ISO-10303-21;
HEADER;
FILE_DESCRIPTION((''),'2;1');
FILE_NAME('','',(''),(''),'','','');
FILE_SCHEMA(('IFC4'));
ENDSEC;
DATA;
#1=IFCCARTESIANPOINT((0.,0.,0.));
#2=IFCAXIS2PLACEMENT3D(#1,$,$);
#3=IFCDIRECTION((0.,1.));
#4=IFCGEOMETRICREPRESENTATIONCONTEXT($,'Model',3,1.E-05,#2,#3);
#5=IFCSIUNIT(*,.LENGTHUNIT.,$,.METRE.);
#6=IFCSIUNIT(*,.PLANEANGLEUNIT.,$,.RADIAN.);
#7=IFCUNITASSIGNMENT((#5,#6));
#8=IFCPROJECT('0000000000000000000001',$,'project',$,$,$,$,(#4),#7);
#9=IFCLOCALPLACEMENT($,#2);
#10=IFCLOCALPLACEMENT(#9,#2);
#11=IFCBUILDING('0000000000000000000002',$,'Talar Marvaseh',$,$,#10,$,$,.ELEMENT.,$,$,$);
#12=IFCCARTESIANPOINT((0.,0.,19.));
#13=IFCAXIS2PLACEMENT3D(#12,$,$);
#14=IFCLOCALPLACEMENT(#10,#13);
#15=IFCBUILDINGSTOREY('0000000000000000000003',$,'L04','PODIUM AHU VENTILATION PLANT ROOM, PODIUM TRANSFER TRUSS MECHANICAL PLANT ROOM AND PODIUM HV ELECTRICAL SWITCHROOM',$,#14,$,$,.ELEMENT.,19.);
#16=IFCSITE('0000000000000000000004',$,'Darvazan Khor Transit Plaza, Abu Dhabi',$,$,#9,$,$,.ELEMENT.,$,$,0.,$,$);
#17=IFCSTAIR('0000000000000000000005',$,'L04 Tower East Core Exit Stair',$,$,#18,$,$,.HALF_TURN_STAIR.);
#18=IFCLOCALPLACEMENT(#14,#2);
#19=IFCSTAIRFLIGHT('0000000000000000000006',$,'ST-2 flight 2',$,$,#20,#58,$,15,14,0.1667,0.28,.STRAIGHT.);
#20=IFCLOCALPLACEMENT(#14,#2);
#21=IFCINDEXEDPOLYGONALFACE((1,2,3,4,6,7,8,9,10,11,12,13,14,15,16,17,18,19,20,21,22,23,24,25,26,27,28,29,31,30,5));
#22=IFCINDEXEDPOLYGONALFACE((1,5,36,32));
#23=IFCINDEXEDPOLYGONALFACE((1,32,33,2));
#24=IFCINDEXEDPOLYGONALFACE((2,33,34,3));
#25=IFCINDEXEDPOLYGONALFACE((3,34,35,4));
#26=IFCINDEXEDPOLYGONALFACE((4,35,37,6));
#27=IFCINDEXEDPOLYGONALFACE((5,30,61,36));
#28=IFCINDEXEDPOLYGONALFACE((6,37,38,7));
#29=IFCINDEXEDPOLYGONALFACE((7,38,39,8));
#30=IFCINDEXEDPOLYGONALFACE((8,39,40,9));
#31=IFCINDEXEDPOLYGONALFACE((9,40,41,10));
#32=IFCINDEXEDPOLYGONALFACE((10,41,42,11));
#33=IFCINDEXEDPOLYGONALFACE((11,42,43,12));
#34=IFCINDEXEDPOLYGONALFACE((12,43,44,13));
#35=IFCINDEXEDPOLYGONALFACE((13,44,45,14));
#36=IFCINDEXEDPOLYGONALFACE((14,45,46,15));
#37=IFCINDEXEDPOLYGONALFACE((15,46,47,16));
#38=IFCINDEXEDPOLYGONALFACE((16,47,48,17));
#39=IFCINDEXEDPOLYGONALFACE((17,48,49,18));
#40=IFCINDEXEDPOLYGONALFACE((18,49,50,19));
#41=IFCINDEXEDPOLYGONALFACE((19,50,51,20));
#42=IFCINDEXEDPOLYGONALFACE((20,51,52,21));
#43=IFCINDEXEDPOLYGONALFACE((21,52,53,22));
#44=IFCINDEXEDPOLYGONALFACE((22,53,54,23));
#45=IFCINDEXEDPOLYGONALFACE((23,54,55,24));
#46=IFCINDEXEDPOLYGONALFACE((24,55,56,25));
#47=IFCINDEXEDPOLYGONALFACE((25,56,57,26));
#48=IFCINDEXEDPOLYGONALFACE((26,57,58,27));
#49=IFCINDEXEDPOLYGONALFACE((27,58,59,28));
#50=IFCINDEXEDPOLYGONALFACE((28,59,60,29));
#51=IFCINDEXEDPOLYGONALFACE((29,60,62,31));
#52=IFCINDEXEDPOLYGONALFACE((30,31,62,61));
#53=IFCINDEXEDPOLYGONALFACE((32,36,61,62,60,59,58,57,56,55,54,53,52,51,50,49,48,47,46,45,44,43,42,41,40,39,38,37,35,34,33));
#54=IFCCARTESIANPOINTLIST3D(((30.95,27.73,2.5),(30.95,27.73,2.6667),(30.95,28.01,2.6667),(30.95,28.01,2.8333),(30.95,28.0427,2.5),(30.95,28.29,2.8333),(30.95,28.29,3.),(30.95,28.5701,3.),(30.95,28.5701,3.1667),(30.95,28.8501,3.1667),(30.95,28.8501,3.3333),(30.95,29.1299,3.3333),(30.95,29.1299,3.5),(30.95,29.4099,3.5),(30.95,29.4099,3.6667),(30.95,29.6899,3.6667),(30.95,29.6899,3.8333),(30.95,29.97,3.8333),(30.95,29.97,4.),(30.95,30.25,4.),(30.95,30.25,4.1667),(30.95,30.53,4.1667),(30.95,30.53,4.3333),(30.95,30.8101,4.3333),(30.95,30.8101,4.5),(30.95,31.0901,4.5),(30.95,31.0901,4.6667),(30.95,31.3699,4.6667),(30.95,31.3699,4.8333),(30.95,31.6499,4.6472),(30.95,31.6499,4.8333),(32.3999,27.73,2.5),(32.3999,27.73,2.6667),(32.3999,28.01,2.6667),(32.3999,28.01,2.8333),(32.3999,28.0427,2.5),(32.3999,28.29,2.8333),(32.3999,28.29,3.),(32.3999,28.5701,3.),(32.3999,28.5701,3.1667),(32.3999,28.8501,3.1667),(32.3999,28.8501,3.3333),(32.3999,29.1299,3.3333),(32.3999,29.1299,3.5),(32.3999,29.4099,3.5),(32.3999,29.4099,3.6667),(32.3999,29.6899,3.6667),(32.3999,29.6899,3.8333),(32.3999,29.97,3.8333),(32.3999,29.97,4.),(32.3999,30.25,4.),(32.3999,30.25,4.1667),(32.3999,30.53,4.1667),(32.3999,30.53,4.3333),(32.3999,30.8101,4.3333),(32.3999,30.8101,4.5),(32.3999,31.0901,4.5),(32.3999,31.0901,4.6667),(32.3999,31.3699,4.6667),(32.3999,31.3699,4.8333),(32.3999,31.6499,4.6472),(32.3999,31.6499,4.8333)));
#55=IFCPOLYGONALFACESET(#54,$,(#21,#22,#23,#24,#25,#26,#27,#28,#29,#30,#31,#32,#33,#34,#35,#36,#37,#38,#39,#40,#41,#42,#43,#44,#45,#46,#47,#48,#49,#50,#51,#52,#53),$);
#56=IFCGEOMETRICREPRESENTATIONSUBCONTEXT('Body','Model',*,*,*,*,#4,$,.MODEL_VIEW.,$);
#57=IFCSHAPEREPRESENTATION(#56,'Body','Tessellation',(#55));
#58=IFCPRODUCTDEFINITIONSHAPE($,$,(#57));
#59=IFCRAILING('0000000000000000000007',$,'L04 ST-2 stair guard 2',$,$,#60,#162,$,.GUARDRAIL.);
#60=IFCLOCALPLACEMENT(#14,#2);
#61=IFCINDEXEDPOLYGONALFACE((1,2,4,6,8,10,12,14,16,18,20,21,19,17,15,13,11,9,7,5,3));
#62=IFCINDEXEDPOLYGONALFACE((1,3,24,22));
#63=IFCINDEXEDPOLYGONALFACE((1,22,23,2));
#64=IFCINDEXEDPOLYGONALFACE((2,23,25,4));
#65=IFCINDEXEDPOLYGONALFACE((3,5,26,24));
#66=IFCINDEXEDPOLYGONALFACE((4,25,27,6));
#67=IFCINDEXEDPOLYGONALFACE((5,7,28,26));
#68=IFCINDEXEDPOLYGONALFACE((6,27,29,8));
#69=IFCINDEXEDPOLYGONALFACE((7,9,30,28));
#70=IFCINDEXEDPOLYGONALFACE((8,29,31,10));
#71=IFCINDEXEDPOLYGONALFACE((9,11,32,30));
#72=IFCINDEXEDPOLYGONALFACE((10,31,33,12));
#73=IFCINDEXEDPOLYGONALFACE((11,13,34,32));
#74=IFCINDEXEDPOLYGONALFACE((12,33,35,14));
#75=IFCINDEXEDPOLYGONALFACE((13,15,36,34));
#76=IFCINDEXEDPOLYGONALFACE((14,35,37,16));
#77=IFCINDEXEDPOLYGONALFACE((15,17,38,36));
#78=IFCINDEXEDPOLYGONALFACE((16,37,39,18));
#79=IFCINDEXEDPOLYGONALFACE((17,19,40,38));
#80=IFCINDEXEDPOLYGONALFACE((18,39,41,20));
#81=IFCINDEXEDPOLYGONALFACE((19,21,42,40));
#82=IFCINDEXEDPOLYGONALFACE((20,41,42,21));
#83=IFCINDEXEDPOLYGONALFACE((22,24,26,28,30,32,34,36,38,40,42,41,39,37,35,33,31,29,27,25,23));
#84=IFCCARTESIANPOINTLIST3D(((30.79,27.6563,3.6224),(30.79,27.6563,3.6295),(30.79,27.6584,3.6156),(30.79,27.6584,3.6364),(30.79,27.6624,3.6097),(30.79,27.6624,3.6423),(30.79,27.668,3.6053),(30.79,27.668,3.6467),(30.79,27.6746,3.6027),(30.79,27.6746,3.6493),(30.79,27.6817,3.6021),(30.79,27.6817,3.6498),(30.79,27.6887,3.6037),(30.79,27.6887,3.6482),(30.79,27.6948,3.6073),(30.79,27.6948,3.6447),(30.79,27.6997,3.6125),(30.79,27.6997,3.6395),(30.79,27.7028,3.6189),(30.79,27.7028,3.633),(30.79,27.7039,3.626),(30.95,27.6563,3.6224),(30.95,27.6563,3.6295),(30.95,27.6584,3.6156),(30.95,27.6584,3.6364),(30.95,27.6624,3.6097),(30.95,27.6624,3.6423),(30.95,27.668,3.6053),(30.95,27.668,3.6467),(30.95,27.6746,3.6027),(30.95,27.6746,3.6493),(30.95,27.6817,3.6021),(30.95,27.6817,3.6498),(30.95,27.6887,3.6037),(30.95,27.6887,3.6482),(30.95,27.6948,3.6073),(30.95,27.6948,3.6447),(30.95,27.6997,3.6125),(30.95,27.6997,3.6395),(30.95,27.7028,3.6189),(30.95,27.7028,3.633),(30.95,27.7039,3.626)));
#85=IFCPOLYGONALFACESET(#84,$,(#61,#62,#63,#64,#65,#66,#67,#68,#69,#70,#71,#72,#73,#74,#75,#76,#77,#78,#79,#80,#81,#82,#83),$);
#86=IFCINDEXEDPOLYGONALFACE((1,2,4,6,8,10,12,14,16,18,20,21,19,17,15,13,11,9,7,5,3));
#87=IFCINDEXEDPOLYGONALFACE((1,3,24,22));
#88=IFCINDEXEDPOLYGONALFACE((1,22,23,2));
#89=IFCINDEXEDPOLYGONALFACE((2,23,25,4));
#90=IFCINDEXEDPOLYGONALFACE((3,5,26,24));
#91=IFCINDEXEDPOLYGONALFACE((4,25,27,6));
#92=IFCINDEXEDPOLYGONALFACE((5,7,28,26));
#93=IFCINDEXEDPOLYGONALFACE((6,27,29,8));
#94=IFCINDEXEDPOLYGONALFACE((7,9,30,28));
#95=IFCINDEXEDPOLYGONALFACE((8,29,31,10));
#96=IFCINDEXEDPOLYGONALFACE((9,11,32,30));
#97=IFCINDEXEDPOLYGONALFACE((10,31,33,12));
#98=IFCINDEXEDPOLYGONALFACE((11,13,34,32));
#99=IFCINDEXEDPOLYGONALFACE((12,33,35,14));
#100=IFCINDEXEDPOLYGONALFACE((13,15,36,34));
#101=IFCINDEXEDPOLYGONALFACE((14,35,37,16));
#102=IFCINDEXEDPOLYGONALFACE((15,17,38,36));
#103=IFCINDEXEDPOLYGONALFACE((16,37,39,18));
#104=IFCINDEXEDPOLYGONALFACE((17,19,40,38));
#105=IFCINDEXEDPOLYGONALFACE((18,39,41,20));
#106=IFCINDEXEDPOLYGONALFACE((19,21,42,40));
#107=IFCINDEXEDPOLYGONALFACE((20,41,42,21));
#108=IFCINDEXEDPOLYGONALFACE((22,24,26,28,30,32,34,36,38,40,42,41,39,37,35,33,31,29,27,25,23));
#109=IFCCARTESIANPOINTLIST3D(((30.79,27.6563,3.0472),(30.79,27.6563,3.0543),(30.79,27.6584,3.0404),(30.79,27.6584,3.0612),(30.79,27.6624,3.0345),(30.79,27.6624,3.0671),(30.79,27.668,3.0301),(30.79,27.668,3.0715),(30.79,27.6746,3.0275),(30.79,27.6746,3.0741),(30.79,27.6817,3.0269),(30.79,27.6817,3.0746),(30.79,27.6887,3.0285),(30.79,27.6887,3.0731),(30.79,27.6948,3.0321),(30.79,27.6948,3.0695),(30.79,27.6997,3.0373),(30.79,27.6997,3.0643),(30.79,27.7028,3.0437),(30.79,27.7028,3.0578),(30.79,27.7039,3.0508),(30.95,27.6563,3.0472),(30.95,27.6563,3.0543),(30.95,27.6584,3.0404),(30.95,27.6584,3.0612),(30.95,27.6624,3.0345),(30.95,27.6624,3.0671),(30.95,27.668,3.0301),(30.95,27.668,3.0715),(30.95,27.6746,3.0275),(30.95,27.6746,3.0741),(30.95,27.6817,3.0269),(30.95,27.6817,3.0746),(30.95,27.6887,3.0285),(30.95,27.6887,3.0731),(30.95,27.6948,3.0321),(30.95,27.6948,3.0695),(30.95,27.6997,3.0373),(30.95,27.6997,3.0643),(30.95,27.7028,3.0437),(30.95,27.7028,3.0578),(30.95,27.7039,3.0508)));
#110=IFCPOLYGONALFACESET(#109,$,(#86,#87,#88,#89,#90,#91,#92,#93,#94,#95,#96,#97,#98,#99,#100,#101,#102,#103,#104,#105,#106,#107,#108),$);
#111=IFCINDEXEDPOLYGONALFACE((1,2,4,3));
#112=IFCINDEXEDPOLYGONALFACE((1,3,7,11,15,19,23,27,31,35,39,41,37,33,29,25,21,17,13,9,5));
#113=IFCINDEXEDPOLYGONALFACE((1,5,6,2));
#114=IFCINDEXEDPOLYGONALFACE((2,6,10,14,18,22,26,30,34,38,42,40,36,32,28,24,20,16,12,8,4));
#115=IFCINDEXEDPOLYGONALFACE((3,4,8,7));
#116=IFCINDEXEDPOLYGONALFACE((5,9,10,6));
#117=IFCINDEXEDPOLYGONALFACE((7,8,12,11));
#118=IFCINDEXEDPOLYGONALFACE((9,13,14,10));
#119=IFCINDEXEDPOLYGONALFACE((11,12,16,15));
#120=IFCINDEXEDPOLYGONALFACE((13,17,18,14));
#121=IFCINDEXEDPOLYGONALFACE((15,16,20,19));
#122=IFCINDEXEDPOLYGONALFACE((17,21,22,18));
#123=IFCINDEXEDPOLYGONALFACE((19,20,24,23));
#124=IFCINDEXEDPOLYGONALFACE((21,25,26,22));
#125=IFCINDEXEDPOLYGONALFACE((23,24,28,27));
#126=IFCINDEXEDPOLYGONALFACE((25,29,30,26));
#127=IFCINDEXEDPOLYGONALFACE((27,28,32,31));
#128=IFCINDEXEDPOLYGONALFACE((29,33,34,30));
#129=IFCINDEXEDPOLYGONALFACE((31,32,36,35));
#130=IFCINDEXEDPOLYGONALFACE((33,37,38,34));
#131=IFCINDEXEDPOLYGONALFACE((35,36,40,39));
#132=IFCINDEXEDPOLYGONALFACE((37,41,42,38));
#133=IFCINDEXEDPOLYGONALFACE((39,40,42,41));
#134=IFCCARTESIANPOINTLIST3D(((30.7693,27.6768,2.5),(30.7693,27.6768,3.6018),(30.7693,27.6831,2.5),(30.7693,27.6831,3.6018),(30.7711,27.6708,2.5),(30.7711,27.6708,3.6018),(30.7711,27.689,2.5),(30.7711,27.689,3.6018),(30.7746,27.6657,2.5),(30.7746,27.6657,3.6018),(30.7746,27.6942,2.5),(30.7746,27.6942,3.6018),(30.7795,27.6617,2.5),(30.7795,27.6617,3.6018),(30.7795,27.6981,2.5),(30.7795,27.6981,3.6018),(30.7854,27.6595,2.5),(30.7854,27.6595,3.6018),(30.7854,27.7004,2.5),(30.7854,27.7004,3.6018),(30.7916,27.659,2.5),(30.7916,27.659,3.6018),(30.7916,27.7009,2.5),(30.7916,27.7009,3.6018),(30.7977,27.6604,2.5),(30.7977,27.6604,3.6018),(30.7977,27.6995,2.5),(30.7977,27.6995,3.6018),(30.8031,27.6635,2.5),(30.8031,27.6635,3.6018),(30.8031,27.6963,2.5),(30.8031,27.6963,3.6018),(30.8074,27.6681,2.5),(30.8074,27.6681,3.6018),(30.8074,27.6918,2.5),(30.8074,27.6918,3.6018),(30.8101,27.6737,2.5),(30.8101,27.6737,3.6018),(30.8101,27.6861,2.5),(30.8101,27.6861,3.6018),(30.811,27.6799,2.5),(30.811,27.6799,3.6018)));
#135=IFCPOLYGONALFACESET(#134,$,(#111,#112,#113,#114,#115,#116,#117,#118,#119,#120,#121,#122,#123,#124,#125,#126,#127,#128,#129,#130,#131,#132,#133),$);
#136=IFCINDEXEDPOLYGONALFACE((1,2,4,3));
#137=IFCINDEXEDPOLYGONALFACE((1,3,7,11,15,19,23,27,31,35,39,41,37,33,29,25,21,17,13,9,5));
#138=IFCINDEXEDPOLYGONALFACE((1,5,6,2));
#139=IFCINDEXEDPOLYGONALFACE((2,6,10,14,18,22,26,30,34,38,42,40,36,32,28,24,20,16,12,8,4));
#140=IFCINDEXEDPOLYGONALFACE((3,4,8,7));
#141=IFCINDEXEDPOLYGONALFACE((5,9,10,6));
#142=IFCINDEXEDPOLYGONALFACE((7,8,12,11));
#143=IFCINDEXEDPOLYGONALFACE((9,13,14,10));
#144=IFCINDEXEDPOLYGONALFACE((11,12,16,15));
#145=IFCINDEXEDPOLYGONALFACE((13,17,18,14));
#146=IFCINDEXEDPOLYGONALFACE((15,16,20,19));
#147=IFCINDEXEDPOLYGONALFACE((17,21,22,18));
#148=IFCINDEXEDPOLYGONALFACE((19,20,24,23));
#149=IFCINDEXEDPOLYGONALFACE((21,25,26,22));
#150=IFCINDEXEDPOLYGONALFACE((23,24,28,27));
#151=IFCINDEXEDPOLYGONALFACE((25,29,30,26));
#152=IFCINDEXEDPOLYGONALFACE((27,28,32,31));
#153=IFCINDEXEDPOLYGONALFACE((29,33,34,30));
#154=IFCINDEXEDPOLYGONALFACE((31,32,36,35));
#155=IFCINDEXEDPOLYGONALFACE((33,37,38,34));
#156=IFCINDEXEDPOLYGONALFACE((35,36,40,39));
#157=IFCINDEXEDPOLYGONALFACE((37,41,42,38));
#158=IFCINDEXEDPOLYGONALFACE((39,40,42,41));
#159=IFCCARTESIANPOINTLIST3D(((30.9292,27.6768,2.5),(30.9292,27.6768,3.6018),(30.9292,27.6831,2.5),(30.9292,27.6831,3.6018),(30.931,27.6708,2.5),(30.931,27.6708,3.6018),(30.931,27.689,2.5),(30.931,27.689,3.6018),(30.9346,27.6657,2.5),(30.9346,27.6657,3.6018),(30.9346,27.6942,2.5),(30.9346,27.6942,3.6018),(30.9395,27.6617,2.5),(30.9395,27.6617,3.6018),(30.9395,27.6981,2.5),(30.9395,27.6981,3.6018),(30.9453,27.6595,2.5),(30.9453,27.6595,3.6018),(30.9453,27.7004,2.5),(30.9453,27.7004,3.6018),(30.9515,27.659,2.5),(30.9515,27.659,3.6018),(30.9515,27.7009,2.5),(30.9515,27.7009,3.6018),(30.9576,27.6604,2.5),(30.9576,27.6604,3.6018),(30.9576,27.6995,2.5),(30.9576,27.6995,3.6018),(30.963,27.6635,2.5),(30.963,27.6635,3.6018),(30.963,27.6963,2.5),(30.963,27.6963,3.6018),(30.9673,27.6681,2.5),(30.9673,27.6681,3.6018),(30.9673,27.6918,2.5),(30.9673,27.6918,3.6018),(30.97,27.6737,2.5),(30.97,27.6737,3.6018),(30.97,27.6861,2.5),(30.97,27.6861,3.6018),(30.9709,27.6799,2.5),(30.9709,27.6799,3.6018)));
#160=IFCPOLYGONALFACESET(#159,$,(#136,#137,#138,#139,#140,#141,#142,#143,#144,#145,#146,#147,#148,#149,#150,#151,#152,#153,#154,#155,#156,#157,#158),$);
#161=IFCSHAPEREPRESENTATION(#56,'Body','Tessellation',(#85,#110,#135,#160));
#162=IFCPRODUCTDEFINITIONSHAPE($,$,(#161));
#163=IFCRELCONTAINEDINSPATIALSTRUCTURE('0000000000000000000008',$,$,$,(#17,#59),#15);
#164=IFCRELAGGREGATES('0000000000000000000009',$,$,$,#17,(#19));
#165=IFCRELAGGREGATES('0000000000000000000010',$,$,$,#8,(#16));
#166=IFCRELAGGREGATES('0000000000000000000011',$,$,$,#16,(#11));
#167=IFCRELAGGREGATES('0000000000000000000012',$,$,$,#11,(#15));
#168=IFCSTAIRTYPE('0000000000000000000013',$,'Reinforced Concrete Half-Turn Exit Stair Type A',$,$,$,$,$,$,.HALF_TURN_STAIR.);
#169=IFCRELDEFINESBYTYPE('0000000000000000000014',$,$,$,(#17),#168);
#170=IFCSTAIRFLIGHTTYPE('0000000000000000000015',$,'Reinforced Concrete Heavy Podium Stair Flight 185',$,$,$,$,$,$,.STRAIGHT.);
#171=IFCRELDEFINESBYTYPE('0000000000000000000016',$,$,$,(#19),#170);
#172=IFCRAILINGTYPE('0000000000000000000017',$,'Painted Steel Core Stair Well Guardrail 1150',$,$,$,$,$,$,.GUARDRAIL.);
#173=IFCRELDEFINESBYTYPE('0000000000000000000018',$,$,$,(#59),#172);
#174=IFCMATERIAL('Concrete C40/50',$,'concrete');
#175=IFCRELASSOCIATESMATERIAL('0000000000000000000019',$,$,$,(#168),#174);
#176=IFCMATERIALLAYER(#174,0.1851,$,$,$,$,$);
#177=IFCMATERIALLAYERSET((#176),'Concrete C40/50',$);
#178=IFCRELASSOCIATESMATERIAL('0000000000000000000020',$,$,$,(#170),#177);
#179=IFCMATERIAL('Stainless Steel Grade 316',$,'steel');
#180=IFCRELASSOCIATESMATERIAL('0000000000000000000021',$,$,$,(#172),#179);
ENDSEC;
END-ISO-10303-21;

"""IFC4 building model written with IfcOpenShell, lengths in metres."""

from ifc_helpers import new_model, si_unit, direction, frame, origin, origin_2d, place, context, subcontext, project, spatial, polyline, circle, outline, extrude, material, layer, layer_set, type_object, element, aggregate, save


model = new_model("IFC4")

# Units and contexts
model_context = context("Model", 3, precision=1e-05, world=origin(), true_north=direction((0.0, 1.0)))
body_context = subcontext(model_context, "Body", "Model", "MODEL_VIEW")
ifc_project = project(units=[si_unit("LENGTHUNIT", "METRE"), si_unit("PLANEANGLEUNIT", "RADIAN")], contexts=[model_context])

# Site, building, storey
site_placement = place(None, origin())
site = spatial("IfcSite", under=ifc_project, at=site_placement, Name="Darvazan Khor Transit Plaza, Abu Dhabi", CompositionType="ELEMENT", RefElevation=0.0)
building_placement = place(site_placement, origin())
building = spatial("IfcBuilding", under=site, at=building_placement, Name="Talar Marvaseh", CompositionType="ELEMENT")
storey_placement = place(building_placement, frame((0.0, 0.0, 19.0)))
storey = spatial("IfcBuildingStorey", under=building, at=storey_placement, Name="L04", Description="PODIUM AHU VENTILATION PLANT ROOM, PODIUM TRANSFER TRUSS MECHANICAL PLANT ROOM AND PODIUM HV ELECTRICAL SWITCHROOM", CompositionType="ELEMENT", Elevation=19.0)

# Shared definitions
ifc_material_1 = material(Name="Concrete C40/50", Category="concrete")

# Shared definitions
ifc_material_2 = material(Name="Stainless Steel Grade 316", Category="steel")

# Shared definitions
stair_type = type_object("IfcStairType", Name="Reinforced Concrete Half-Turn Exit Stair Type A", PredefinedType="HALF_TURN_STAIR", material=ifc_material_1)
ifc_layer_1 = layer(ifc_material_1, 0.1851)
ifc_layer_set_1 = layer_set([ifc_layer_1], Name="Concrete C40/50")
stair_flight_type = type_object("IfcStairFlightType", Name="Reinforced Concrete Heavy Podium Stair Flight 185", PredefinedType="STRAIGHT", material=ifc_layer_set_1)

# Stair, stair flight
stair_1_placement = place(storey_placement, origin())
stair_1 = element("IfcStair", 1, at=stair_1_placement, inside=storey, type_object=stair_type, Name="L04 Tower East Core Exit Stair", PredefinedType="HALF_TURN_STAIR")
stair_flight_1_placement = place(storey_placement, frame((31.675, 27.73, 2.5), z_axis=(0.0, 0.0, 1.0), x_axis=(0.0, 1.0, 0.0)))
stair_flight_1 = element("IfcStairFlight", 2, at=stair_flight_1_placement, type_object=stair_flight_type, Name="ST-2 flight 2", NumberOfRisers=15, NumberOfTreads=14, PredefinedType="STRAIGHT", RiserHeight=0.1667, TreadLength=0.28, context=body_context, shape_type="SweptSolid", body=[
    extrude(outline(polyline([(0.0, 0.0), (0.0, 0.1667), (0.28, 0.1667), (0.28, 0.3333), (0.5601, 0.3333), (0.5601, 0.5), (0.8401, 0.5), (0.8401, 0.6667), (1.1201, 0.6667), (1.1201, 0.8333), (1.3999, 0.8333), (1.3999, 1.0), (1.6799, 1.0), (1.6799, 1.1667), (1.96, 1.1667), (1.96, 1.3333), (2.24, 1.3333), (2.24, 1.5), (2.52, 1.5), (2.52, 1.6667), (2.8, 1.6667), (2.8, 1.8333), (3.0801, 1.8333), (3.0801, 2.0), (3.3601, 2.0), (3.3601, 2.1667), (3.6399, 2.1667), (3.6399, 2.3333), (3.9199, 2.3333), (3.9199, 2.5), (3.9199, 2.1472), (0.3127, 0.0), (0.0, 0.0)])), frame((0.0, 0.7251, 0.0), z_axis=(0.0, -1.0, 0.0), x_axis=(1.0, 0.0, 0.0)), (0.0, 0.0, 1.0), 1.45),
])
aggregate(stair_1, [stair_flight_1])

# Railing
railing_type_1 = type_object("IfcRailingType", Name="Painted Steel Core Stair Well Guardrail 1150", PredefinedType="GUARDRAIL", material=ifc_material_2)
railing_1_placement = place(storey_placement, frame((30.79, 27.6799, 2.5)))
element("IfcRailing", 3, at=railing_1_placement, inside=storey, type_object=railing_type_1, Name="L04 ST-2 stair guard 2", PredefinedType="GUARDRAIL", context=body_context, shape_type="SweptSolid", body=[
    extrude(circle(Radius=0.0239, at=origin_2d()), frame((0.0, 0.0, 1.126), z_axis=(1.0, 0.0, 0.0), x_axis=(0.0, 1.0, 0.0)), (0.0, 0.0, 1.0), 0.1599),
    extrude(circle(Radius=0.0239, at=origin_2d()), frame((0.0, 0.0, 0.5508), z_axis=(1.0, 0.0, 0.0), x_axis=(0.0, 1.0, 0.0)), (0.0, 0.0, 1.0), 0.1599),
    extrude(circle(Radius=0.021, at=origin_2d()), origin(), (0.0, 0.0, 1.0), 1.1018),
    extrude(circle(Radius=0.021, at=origin_2d()), frame((0.1599, 0.0, 0.0)), (0.0, 0.0, 1.0), 1.1018),
])

save(model, "model.ifc")
